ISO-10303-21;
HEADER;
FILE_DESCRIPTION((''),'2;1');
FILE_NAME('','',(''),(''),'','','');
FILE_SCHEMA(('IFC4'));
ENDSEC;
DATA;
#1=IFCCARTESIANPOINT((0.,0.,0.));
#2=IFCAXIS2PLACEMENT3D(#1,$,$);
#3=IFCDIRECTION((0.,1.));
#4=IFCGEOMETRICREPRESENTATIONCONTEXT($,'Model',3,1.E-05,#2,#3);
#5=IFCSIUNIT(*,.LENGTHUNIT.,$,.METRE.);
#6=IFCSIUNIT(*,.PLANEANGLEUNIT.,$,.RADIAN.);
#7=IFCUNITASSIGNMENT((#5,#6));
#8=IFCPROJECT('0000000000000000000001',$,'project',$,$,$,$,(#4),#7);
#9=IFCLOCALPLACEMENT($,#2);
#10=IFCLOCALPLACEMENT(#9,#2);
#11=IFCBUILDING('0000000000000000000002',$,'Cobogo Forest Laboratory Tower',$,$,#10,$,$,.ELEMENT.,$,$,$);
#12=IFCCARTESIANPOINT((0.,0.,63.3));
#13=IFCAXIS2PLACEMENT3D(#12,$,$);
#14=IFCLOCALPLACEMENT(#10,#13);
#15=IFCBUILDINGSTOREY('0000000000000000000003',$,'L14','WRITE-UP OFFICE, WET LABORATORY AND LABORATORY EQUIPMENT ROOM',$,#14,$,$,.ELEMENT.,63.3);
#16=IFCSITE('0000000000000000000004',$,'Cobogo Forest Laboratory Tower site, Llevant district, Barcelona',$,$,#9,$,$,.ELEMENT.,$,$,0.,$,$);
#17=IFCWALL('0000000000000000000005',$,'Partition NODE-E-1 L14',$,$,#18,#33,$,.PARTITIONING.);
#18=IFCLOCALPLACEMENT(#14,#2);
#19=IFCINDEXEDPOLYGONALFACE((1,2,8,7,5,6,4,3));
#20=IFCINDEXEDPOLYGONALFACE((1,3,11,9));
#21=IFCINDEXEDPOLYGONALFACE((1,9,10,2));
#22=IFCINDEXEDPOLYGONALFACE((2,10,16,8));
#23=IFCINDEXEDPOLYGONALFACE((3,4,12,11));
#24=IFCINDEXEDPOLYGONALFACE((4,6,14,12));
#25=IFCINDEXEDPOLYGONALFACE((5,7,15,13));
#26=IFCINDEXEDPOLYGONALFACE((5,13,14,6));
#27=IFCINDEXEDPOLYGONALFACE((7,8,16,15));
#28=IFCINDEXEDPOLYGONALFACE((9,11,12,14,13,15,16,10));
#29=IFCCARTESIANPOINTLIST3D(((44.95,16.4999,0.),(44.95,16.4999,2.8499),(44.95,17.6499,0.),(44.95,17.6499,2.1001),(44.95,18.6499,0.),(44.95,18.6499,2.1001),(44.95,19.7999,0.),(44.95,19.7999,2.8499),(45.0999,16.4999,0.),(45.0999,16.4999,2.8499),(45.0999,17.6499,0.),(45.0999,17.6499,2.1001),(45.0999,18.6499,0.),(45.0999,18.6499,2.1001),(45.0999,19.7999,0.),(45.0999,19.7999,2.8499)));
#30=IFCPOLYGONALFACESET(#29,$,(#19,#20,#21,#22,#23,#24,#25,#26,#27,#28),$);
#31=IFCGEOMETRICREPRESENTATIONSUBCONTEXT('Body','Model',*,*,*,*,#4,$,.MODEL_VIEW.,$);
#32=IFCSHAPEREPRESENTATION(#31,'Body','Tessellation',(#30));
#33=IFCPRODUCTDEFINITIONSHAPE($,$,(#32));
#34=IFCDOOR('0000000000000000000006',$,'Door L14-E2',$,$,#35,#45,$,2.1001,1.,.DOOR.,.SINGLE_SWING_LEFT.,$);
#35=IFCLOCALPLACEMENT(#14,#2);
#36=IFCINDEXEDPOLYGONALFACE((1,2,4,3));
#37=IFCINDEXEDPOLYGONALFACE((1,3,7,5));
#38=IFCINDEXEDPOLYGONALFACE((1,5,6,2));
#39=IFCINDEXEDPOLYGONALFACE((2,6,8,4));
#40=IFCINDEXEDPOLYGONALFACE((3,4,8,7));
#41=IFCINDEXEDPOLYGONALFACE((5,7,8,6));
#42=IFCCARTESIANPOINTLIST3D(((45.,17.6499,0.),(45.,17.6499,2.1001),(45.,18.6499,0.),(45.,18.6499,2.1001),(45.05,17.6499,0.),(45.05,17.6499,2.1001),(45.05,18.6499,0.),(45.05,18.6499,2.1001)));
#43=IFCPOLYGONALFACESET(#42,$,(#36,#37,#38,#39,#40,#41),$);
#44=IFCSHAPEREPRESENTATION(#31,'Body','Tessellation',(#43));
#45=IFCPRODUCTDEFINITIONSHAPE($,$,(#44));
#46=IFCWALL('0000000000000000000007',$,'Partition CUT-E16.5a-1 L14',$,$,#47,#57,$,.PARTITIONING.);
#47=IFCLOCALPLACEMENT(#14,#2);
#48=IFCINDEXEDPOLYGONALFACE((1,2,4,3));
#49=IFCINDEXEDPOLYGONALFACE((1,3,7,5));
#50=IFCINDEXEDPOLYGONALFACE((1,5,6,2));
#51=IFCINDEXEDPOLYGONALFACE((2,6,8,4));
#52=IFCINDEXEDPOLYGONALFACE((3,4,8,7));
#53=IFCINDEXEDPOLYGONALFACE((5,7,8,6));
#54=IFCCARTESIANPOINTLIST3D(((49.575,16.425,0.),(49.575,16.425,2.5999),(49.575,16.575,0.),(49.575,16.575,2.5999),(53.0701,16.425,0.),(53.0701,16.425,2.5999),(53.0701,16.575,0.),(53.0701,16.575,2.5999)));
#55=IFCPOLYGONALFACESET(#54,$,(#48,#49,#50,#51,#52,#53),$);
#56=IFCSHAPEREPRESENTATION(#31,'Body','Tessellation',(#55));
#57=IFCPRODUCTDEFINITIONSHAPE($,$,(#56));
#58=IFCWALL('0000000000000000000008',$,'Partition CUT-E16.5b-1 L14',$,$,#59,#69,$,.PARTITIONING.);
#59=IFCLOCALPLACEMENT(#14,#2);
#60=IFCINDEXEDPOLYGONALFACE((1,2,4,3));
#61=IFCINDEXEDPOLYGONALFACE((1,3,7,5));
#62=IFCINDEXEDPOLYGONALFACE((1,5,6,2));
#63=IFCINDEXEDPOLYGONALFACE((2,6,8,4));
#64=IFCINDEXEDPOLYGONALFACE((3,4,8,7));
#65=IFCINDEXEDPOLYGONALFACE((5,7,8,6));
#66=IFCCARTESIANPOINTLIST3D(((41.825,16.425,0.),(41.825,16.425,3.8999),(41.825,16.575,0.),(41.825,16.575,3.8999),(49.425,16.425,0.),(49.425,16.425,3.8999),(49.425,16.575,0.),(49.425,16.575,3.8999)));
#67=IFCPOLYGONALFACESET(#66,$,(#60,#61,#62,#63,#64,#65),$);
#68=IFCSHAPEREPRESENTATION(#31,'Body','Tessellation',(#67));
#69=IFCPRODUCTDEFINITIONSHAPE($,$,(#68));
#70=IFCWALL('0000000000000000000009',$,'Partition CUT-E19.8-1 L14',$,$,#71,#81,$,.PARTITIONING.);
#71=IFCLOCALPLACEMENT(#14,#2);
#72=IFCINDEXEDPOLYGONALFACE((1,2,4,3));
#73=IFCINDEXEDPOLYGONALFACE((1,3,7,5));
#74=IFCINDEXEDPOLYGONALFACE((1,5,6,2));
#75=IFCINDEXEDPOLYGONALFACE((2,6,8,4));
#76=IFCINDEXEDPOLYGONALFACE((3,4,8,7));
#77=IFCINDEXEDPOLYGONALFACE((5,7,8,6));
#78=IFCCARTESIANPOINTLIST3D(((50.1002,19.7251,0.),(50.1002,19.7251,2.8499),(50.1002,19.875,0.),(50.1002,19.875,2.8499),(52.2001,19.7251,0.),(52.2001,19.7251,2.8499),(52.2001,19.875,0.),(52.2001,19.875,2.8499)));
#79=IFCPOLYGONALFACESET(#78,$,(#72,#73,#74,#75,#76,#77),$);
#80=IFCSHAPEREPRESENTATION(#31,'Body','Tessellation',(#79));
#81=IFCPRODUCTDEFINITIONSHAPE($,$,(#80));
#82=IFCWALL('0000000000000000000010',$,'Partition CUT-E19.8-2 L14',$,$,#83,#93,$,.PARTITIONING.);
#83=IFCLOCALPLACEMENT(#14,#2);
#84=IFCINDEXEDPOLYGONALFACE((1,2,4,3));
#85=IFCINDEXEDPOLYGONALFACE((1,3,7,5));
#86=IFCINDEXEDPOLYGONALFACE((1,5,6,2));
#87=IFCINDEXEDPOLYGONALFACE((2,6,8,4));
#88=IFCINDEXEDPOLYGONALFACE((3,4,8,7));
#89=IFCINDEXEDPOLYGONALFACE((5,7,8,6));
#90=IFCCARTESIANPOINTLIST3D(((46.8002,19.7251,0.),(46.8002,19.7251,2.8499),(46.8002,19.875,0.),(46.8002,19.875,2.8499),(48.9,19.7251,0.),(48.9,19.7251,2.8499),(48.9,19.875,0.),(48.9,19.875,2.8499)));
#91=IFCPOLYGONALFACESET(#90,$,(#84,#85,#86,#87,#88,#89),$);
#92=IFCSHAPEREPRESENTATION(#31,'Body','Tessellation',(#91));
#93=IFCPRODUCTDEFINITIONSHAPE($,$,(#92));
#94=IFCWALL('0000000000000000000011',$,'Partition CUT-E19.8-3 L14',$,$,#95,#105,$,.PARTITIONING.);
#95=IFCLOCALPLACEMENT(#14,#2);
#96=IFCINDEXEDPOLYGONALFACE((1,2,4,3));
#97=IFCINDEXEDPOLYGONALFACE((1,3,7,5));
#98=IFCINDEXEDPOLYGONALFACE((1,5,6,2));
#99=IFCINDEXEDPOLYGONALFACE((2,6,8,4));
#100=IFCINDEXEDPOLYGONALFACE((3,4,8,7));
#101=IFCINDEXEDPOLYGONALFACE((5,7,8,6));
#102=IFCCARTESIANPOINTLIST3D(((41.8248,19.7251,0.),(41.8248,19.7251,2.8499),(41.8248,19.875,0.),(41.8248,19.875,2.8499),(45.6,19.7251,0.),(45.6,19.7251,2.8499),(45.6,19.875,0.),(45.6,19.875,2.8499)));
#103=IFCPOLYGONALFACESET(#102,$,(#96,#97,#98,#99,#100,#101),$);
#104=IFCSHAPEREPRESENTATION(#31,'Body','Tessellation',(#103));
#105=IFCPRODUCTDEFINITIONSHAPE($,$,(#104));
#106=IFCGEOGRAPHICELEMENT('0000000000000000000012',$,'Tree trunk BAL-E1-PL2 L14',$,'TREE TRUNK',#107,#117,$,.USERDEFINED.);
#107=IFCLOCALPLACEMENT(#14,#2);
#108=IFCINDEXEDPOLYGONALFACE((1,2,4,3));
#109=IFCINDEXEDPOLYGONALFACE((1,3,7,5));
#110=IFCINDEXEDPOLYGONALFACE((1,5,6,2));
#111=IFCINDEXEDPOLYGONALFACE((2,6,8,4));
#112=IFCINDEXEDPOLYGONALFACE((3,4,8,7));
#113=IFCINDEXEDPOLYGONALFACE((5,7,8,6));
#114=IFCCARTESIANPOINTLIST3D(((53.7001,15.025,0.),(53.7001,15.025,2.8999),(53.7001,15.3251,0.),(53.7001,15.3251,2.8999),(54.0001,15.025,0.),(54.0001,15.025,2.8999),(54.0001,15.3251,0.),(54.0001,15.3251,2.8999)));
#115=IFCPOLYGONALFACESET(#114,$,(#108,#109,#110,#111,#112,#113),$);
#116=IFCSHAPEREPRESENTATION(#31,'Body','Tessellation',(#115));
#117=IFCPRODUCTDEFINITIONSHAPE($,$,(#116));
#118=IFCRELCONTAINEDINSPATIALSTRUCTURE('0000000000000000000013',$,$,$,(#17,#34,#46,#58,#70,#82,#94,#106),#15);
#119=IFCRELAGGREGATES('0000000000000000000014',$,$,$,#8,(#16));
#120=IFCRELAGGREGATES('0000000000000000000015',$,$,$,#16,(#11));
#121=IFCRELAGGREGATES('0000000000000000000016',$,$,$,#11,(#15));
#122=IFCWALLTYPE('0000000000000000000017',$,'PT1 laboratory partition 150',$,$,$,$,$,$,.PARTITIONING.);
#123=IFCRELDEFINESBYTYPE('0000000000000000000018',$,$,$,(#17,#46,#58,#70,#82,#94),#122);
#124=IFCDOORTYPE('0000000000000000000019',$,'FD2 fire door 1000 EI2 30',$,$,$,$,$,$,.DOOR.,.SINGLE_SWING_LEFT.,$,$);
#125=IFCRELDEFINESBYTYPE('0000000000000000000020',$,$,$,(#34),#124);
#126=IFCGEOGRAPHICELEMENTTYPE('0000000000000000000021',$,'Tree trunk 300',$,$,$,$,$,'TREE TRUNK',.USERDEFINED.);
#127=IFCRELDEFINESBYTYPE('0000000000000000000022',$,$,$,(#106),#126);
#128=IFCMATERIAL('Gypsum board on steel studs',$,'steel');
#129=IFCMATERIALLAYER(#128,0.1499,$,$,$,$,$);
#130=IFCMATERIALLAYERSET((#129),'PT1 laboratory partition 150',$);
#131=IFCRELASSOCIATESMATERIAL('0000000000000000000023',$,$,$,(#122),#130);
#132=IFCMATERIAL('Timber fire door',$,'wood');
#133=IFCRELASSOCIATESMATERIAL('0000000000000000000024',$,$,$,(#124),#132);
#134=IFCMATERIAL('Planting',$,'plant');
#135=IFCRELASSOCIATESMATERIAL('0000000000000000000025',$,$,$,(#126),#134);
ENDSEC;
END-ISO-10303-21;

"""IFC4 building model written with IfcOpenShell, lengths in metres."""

from ifc_helpers import new_model, si_unit, direction, frame, frame_2d, origin, origin_2d, place, context, subcontext, project, spatial, rectangle, extrude, material, layer, layer_set, type_object, element, fill, save


model = new_model("IFC4")

# Units and contexts
model_context = context("Model", 3, precision=1e-05, world=origin(), true_north=direction((0.0, 1.0)))
body_context = subcontext(model_context, "Body", "Model", "MODEL_VIEW")
ifc_project = project(units=[si_unit("LENGTHUNIT", "METRE"), si_unit("PLANEANGLEUNIT", "RADIAN")], contexts=[model_context])

# Site, building, storey
site_placement = place(None, origin())
site = spatial("IfcSite", under=ifc_project, at=site_placement, Name="Cobogo Forest Laboratory Tower site, Llevant district, Barcelona", CompositionType="ELEMENT", RefElevation=0.0)
building_placement = place(site_placement, origin())
building = spatial("IfcBuilding", under=site, at=building_placement, Name="Cobogo Forest Laboratory Tower", CompositionType="ELEMENT")
storey_placement = place(building_placement, frame((0.0, 0.0, 63.3)))
storey = spatial("IfcBuildingStorey", under=building, at=storey_placement, Name="L14", Description="WRITE-UP OFFICE, WET LABORATORY AND LABORATORY EQUIPMENT ROOM", CompositionType="ELEMENT", Elevation=63.3)

# Wall, opening, door
ifc_material_1 = material(Name="Gypsum board on steel studs", Category="steel")
ifc_layer_1 = layer(ifc_material_1, 0.1499)
ifc_layer_set_1 = layer_set([ifc_layer_1], Name="PT1 laboratory partition 150")
wall_type = type_object("IfcWallType", Name="PT1 laboratory partition 150", PredefinedType="PARTITIONING", material=ifc_layer_set_1)
wall_1_placement = place(storey_placement, frame((45.0249, 16.5, 0.0), z_axis=(0.0, 0.0, 1.0), x_axis=(0.0, 1.0, 0.0)))
wall_1 = element("IfcWall", 1, at=wall_1_placement, inside=storey, type_object=wall_type, Name="Partition NODE-E-1 L14", PredefinedType="PARTITIONING", context=body_context, shape_type="SweptSolid", body=[
    extrude(rectangle(XDim=3.3, YDim=0.1499, at=frame_2d((1.6499, 0.0))), origin(), (0.0, 0.0, 1.0), 2.8499),
])
opening_placement = place(wall_1_placement, frame((1.1499, 0.0, 0.0)))
opening = element("IfcOpeningElement", 2, at=opening_placement, cuts=wall_1, PredefinedType="OPENING", context=body_context, shape_type="SweptSolid", body=[
    extrude(rectangle(XDim=1.0, YDim=2.1001, at=frame_2d((0.5, 1.05))), frame((0.0, 0.085, 0.0), z_axis=(0.0, -1.0, 0.0), x_axis=(1.0, 0.0, 0.0)), (0.0, 0.0, 1.0), 0.1699),
])
ifc_material_2 = material(Name="Timber fire door", Category="wood")
door_type = type_object("IfcDoorType", Name="FD2 fire door 1000 EI2 30", OperationType="SINGLE_SWING_LEFT", PredefinedType="DOOR", material=ifc_material_2)
door_placement = place(opening_placement, origin())
door = element("IfcDoor", 3, at=door_placement, inside=storey, type_object=door_type, Name="Door L14-E2", OperationType="SINGLE_SWING_LEFT", OverallHeight=2.1001, OverallWidth=1.0, PredefinedType="DOOR", context=body_context, shape_type="SweptSolid", body=[
    extrude(rectangle(XDim=1.0, YDim=2.1001, at=frame_2d((0.5, 1.05))), frame((0.0, 0.0249, 0.0), z_axis=(0.0, -1.0, 0.0), x_axis=(1.0, 0.0, 0.0)), (0.0, 0.0, 1.0), 0.05),
])
fill(opening, door)

# Walls
wall_2_placement = place(storey_placement, frame((53.0701, 16.5, 0.0), z_axis=(0.0, 0.0, 1.0), x_axis=(-1.0, 0.0, 0.0)))
element("IfcWall", 4, at=wall_2_placement, inside=storey, type_object=wall_type, Name="Partition CUT-E16.5a-1 L14", PredefinedType="PARTITIONING", context=body_context, shape_type="SweptSolid", body=[
    extrude(rectangle(XDim=3.4951, YDim=0.1499, at=frame_2d((1.7476, 0.0))), origin(), (0.0, 0.0, 1.0), 2.5999),
])
wall_3_placement = place(storey_placement, frame((49.425, 16.5, 0.0), z_axis=(0.0, 0.0, 1.0), x_axis=(-1.0, 0.0, 0.0)))
element("IfcWall", 5, at=wall_3_placement, inside=storey, type_object=wall_type, Name="Partition CUT-E16.5b-1 L14", PredefinedType="PARTITIONING", context=body_context, shape_type="SweptSolid", body=[
    extrude(rectangle(XDim=7.6001, YDim=0.1499, at=frame_2d((3.8, 0.0))), origin(), (0.0, 0.0, 1.0), 3.8999),
])
for number, where, z_axis, x_axis, name in (
    (6, (52.2, 19.8, 0.0), (0.0, 0.0, 1.0), (-1.0, 0.0, 0.0), "Partition CUT-E19.8-1 L14"),
    (7, (48.8999, 19.8, 0.0), (0.0, 0.0, 1.0), (-1.0, 0.0, 0.0), "Partition CUT-E19.8-2 L14"),
):
    element("IfcWall", number, at=place(storey_placement, frame(where, z_axis=z_axis, x_axis=x_axis)), inside=storey, type_object=wall_type, Name=name, PredefinedType="PARTITIONING", context=body_context, shape_type="SweptSolid", body=[
        extrude(rectangle(XDim=2.0999, YDim=0.1499, at=frame_2d((1.0498, 0.0))), origin(), (0.0, 0.0, 1.0), 2.8499),
    ])
wall_4_placement = place(storey_placement, frame((45.6001, 19.8, 0.0), z_axis=(0.0, 0.0, 1.0), x_axis=(-1.0, 0.0, 0.0)))
element("IfcWall", 8, at=wall_4_placement, inside=storey, type_object=wall_type, Name="Partition CUT-E19.8-3 L14", PredefinedType="PARTITIONING", context=body_context, shape_type="SweptSolid", body=[
    extrude(rectangle(XDim=3.7751, YDim=0.1499, at=frame_2d((1.8877, 0.0))), origin(), (0.0, 0.0, 1.0), 2.8499),
])

# Geographic element
ifc_material_3 = material(Name="Planting", Category="plant")
geographic_element_type = type_object("IfcGeographicElementType", Name="Tree trunk 300", ElementType="TREE TRUNK", PredefinedType="USERDEFINED", material=ifc_material_3)
geographic_element_placement = place(storey_placement, frame((53.8501, 15.175, 0.0), z_axis=(0.0, 0.0, 1.0), x_axis=(1.0, 0.0, 0.0)))
element("IfcGeographicElement", 9, at=geographic_element_placement, inside=storey, type_object=geographic_element_type, Name="Tree trunk BAL-E1-PL2 L14", ObjectType="TREE TRUNK", PredefinedType="USERDEFINED", context=body_context, shape_type="SweptSolid", body=[
    extrude(rectangle(XDim=0.3, YDim=0.3, at=origin_2d()), origin(), (0.0, 0.0, 1.0), 2.8999),
])

save(model, "model.ifc")
